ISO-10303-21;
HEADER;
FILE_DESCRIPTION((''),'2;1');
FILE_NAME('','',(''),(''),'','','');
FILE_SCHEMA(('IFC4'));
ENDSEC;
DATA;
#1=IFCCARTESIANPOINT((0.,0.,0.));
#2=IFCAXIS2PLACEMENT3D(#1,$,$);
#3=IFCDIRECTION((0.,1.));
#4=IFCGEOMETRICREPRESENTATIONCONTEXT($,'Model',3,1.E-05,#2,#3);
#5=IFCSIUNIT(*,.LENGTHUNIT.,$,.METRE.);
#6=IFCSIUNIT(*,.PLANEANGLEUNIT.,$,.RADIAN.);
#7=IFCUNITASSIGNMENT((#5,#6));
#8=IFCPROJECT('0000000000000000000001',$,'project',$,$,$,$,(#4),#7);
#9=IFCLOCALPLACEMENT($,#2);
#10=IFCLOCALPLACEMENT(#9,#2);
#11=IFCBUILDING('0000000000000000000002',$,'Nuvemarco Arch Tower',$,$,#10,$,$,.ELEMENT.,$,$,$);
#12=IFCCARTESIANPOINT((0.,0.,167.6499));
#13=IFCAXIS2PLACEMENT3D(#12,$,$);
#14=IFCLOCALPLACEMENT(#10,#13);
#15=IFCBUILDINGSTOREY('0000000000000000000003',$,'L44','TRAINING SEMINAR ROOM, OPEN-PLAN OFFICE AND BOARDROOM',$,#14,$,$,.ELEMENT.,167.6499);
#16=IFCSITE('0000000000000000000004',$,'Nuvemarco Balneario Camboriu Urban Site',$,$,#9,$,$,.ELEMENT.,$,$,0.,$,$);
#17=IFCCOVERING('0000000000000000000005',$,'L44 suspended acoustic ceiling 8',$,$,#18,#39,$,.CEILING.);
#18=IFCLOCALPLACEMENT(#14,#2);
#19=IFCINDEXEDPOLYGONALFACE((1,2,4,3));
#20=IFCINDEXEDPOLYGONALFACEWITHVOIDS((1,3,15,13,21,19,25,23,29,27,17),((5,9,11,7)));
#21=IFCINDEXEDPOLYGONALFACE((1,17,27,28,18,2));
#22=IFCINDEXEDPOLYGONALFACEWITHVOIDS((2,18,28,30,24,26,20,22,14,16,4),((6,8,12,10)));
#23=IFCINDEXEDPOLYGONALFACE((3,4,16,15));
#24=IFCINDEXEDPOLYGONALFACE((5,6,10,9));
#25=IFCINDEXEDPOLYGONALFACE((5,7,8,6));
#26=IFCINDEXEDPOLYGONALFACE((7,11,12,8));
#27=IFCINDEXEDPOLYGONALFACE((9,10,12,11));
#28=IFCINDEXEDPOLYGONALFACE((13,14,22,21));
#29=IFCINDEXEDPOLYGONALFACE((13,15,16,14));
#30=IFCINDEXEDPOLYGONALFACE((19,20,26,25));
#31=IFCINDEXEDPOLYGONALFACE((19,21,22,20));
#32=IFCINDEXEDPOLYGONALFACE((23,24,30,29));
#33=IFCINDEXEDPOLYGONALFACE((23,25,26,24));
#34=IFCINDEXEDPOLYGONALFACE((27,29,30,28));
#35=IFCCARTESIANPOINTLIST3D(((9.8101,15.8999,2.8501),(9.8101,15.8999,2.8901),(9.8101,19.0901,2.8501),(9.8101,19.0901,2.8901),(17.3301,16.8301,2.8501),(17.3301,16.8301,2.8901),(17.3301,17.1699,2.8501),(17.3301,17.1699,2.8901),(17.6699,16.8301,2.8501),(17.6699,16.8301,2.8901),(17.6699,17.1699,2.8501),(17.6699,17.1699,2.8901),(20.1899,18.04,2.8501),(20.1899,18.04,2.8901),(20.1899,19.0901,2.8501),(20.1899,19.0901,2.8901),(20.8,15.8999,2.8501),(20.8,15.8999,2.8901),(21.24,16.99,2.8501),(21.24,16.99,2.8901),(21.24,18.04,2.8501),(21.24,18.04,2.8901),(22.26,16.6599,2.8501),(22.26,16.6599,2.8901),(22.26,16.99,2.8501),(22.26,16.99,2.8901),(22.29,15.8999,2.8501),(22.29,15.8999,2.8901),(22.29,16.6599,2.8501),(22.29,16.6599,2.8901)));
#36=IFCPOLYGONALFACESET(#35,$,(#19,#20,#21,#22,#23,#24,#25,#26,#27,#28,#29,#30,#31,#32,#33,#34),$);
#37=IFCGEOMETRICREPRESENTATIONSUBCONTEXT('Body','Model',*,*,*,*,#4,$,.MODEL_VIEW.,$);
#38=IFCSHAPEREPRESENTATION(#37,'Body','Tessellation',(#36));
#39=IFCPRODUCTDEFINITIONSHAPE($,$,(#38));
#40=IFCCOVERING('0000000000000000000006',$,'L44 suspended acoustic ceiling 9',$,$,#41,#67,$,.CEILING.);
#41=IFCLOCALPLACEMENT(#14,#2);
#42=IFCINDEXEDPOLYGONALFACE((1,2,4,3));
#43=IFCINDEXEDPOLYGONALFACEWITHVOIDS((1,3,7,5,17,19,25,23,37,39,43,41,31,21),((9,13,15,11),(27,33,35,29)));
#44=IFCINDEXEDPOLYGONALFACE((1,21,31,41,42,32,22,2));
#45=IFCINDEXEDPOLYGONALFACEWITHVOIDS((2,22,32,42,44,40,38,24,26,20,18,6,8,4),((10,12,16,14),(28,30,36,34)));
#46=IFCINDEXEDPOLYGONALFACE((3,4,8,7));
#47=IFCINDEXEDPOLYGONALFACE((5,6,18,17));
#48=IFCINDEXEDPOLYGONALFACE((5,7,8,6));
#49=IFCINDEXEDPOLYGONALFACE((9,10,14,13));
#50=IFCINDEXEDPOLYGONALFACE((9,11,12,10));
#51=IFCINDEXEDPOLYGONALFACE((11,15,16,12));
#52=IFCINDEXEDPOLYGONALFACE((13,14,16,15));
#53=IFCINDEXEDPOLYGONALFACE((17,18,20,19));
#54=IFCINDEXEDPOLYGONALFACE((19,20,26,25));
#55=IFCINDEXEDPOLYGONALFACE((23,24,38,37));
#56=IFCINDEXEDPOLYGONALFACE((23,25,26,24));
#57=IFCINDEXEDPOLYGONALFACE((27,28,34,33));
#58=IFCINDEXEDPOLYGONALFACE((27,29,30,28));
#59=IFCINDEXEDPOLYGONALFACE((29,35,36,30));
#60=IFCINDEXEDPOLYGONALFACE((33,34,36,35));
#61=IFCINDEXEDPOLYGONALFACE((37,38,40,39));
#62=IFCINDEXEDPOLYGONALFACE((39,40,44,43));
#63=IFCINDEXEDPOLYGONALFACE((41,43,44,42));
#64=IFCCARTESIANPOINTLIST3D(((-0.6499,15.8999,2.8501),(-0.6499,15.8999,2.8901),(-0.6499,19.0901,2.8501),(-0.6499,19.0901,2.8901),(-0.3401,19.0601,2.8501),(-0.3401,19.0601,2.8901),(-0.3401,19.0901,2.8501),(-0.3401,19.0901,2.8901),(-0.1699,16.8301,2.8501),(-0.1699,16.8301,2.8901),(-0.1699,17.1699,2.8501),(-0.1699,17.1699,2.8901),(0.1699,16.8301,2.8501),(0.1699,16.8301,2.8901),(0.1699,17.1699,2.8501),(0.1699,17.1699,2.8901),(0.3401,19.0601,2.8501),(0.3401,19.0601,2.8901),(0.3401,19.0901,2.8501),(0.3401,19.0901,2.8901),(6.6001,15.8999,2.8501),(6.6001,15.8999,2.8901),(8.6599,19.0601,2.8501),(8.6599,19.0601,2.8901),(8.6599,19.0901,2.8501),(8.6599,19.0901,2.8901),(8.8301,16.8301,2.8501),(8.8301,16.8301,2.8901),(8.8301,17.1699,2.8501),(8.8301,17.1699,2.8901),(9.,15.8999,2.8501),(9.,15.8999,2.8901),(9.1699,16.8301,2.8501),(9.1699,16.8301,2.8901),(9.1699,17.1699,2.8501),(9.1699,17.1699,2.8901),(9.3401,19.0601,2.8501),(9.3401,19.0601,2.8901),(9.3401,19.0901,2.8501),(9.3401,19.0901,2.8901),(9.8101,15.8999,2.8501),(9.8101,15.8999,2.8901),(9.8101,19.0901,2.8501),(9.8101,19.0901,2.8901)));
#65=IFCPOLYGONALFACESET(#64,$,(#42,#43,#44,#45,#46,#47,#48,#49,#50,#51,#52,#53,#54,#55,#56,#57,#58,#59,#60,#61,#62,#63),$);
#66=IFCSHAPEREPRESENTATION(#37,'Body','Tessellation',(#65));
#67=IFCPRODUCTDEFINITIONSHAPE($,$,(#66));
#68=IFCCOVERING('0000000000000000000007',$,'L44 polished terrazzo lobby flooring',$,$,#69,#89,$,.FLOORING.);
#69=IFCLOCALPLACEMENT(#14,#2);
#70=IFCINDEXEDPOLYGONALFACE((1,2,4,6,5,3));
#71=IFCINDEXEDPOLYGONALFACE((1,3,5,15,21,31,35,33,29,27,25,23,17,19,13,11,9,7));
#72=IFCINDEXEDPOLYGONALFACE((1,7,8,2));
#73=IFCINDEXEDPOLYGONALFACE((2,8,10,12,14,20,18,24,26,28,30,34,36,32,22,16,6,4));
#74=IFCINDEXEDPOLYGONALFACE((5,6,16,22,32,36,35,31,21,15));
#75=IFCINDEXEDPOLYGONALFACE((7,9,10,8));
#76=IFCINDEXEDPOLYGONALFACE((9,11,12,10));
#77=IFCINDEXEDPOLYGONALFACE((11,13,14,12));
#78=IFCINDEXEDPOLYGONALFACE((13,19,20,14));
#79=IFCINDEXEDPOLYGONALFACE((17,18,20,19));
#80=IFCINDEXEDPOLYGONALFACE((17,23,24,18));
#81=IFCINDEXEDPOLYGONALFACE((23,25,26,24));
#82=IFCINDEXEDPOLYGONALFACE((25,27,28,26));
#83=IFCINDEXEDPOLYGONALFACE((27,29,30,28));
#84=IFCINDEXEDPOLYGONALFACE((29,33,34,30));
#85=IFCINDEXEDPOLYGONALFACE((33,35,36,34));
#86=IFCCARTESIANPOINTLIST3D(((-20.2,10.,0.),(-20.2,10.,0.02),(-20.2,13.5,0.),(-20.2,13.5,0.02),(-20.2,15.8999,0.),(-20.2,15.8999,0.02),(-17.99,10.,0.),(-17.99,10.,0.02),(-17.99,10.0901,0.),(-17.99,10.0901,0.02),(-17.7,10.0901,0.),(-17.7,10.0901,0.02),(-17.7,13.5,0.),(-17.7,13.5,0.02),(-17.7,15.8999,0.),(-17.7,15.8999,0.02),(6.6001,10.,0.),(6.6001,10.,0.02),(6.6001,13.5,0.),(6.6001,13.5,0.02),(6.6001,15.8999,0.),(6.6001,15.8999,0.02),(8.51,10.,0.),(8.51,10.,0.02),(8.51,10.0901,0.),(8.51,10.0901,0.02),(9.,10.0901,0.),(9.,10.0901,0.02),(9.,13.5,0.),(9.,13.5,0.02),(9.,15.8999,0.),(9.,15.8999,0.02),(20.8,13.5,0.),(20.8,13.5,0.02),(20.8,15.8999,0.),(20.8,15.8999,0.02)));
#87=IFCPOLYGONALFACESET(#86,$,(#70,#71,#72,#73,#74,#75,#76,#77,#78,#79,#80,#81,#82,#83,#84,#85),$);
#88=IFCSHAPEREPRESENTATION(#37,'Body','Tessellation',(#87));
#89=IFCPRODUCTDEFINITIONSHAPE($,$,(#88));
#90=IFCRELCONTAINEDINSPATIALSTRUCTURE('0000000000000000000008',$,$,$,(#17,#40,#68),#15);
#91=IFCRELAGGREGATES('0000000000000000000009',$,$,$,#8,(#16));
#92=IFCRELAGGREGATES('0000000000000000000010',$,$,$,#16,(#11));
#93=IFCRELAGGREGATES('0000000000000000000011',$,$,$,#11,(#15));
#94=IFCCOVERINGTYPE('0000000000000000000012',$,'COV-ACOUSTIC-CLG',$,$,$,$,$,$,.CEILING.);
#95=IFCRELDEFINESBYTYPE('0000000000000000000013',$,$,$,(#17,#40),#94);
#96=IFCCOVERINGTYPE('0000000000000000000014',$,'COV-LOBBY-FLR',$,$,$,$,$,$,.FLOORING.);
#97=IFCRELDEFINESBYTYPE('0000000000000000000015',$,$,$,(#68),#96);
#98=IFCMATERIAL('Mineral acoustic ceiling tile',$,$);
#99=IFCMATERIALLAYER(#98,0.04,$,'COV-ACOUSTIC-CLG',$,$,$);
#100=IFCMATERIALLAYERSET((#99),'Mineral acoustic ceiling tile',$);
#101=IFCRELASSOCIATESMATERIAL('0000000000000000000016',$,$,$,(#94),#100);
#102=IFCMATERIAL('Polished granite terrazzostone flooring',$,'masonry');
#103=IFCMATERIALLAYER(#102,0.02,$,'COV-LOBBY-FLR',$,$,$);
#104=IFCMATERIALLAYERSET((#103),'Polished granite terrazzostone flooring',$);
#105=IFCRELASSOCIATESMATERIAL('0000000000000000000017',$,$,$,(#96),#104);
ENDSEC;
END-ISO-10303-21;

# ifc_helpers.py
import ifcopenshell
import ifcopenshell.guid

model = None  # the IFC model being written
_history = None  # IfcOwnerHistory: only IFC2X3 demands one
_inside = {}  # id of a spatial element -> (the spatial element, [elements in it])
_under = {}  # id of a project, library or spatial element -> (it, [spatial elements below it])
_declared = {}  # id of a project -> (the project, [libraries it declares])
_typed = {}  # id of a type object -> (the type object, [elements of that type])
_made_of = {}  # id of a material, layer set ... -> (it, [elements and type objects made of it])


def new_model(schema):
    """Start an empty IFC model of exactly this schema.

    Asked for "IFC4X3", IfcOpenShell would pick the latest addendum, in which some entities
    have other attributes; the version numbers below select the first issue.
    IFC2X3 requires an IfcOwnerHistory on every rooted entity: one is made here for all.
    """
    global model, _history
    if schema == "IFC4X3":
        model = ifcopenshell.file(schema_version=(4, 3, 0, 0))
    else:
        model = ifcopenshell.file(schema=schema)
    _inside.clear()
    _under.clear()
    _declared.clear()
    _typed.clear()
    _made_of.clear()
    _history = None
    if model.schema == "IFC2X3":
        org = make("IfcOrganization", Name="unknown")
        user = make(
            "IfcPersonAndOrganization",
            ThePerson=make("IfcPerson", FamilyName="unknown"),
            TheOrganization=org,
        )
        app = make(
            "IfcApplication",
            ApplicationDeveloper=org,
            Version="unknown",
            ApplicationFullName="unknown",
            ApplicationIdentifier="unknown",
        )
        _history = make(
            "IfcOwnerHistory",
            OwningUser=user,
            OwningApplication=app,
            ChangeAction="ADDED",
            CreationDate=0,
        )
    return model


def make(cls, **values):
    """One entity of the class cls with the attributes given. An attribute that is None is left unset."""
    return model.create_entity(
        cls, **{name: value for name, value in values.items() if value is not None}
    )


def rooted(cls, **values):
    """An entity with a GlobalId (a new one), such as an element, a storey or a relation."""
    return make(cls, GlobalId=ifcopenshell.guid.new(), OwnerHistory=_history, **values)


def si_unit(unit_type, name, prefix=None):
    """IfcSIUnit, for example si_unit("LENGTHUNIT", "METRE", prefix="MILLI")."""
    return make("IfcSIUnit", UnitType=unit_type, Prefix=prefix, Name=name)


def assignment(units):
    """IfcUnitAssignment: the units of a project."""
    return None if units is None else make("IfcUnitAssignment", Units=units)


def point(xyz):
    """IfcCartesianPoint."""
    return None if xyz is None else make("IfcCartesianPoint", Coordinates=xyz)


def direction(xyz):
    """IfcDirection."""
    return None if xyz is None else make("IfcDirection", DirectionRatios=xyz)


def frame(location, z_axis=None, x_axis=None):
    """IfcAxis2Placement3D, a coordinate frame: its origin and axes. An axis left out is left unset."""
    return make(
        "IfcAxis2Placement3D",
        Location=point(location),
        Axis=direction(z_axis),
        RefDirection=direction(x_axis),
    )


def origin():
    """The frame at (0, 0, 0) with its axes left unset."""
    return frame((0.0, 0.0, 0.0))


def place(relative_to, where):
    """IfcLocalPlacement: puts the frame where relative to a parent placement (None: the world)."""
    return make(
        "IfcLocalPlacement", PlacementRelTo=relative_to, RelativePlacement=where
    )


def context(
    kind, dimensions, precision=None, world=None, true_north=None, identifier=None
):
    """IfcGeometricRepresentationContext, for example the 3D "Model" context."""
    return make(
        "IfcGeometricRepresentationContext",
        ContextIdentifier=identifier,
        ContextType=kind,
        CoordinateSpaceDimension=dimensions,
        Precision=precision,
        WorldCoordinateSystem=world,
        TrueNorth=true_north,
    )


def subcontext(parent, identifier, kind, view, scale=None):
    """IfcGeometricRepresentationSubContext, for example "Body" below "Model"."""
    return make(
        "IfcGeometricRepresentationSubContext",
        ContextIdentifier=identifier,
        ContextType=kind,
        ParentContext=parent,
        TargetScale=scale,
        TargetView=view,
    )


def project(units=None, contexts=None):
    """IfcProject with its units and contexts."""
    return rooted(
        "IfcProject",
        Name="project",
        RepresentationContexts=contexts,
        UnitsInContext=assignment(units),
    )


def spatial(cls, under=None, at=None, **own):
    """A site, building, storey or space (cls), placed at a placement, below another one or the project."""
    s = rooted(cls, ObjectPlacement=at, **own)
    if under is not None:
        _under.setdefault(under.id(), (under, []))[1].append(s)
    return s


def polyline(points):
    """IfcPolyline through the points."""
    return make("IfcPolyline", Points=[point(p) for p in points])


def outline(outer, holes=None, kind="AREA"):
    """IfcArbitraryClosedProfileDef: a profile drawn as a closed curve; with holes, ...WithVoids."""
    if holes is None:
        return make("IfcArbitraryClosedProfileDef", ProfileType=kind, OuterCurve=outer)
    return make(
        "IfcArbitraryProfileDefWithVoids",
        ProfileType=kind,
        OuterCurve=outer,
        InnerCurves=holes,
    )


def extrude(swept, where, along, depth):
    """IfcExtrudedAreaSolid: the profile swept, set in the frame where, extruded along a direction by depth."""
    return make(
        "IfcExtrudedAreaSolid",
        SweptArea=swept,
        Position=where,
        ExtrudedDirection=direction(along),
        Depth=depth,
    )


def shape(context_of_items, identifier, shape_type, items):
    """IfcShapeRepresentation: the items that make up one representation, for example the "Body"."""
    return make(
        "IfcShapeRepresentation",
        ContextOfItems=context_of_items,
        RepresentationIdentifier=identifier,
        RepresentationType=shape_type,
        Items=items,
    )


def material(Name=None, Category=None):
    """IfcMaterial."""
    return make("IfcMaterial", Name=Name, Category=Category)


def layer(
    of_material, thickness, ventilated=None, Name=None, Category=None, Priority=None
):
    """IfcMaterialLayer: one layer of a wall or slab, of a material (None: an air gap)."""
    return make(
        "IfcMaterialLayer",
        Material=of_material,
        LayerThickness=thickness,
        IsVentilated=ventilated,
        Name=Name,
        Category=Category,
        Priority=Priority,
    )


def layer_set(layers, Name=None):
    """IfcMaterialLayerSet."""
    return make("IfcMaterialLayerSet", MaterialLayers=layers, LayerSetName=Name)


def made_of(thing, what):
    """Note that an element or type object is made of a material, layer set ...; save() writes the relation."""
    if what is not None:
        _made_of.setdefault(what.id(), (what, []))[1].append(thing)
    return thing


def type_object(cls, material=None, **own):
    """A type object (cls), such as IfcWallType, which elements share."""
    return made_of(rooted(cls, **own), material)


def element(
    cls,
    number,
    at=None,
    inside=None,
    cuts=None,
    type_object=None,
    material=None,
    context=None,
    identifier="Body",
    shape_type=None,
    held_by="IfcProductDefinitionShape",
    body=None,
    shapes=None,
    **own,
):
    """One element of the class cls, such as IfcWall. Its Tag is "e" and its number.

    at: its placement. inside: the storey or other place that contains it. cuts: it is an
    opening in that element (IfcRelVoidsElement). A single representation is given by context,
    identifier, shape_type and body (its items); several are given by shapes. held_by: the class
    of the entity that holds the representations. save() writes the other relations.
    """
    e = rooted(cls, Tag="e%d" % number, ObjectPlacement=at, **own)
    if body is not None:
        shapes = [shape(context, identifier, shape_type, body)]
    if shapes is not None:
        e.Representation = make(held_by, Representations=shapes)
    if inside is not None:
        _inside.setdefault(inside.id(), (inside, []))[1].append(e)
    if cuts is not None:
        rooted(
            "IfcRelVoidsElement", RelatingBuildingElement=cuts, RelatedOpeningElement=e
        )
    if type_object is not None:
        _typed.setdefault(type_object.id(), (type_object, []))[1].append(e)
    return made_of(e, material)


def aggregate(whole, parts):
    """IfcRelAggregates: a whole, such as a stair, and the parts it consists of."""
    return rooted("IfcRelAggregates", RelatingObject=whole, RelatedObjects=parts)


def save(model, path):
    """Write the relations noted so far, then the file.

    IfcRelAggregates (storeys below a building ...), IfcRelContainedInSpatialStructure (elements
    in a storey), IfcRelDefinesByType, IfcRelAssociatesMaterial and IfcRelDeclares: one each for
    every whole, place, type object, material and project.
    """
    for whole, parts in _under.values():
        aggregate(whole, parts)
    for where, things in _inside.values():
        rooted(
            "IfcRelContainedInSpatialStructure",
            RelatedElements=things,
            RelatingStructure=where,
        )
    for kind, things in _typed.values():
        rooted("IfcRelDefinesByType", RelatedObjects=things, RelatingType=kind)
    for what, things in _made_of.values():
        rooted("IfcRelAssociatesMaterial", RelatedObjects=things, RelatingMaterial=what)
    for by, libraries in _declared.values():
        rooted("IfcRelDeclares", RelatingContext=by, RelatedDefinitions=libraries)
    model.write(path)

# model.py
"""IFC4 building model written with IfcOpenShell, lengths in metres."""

from ifc_helpers import new_model, si_unit, direction, frame, origin, place, context, subcontext, project, spatial, polyline, outline, extrude, material, layer, layer_set, type_object, element, save


model = new_model("IFC4")

# Units and contexts
model_context = context("Model", 3, precision=1e-05, world=origin(), true_north=direction((0.0, 1.0)))
body_context = subcontext(model_context, "Body", "Model", "MODEL_VIEW")
ifc_project = project(units=[si_unit("LENGTHUNIT", "METRE"), si_unit("PLANEANGLEUNIT", "RADIAN")], contexts=[model_context])

# Site, building, storey
site_placement = place(None, origin())
site = spatial("IfcSite", under=ifc_project, at=site_placement, Name="Nuvemarco Balneario Camboriu Urban Site", CompositionType="ELEMENT", RefElevation=0.0)
building_placement = place(site_placement, origin())
building = spatial("IfcBuilding", under=site, at=building_placement, Name="Nuvemarco Arch Tower", CompositionType="ELEMENT")
storey_placement = place(building_placement, frame((0.0, 0.0, 167.6499)))
storey = spatial("IfcBuildingStorey", under=building, at=storey_placement, Name="L44", Description="TRAINING SEMINAR ROOM, OPEN-PLAN OFFICE AND BOARDROOM", CompositionType="ELEMENT", Elevation=167.6499)

# Coverings
ifc_material_1 = material(Name="Mineral acoustic ceiling tile")
ifc_layer_1 = layer(ifc_material_1, 0.04, Name="COV-ACOUSTIC-CLG")
ifc_layer_set_1 = layer_set([ifc_layer_1], Name="Mineral acoustic ceiling tile")
covering_type_1 = type_object("IfcCoveringType", Name="COV-ACOUSTIC-CLG", PredefinedType="CEILING", material=ifc_layer_set_1)
covering_1_placement = place(storey_placement, frame((0.0, 0.0, 2.8501)))
element("IfcCovering", 1, at=covering_1_placement, inside=storey, type_object=covering_type_1, Name="L44 suspended acoustic ceiling 8", PredefinedType="CEILING", context=body_context, shape_type="SweptSolid", body=[
    extrude(outline(polyline([(22.26, 16.99), (22.26, 16.6599), (22.29, 16.6599), (22.29, 15.8999), (20.8, 15.8999), (9.8101, 15.8999), (9.8101, 19.0901), (20.1899, 19.0901), (20.1899, 18.04), (21.24, 18.04), (21.24, 16.99), (22.26, 16.99)]), holes=[polyline([(17.6699, 16.8301), (17.6699, 17.1699), (17.3301, 17.1699), (17.3301, 16.8301), (17.6699, 16.8301)])]), origin(), (0.0, 0.0, 1.0), 0.04),
])
covering_2_placement = place(storey_placement, frame((0.0, 0.0, 2.8501)))
element("IfcCovering", 2, at=covering_2_placement, inside=storey, type_object=covering_type_1, Name="L44 suspended acoustic ceiling 9", PredefinedType="CEILING", context=body_context, shape_type="SweptSolid", body=[
    extrude(outline(polyline([(-0.3401, 19.0901), (-0.3401, 19.0601), (0.3401, 19.0601), (0.3401, 19.0901), (8.6599, 19.0901), (8.6599, 19.0601), (9.3401, 19.0601), (9.3401, 19.0901), (9.8101, 19.0901), (9.8101, 15.8999), (9.0, 15.8999), (6.6001, 15.8999), (-0.6499, 15.8999), (-0.6499, 19.0901), (-0.3401, 19.0901)]), holes=[polyline([(0.1699, 16.8301), (0.1699, 17.1699), (-0.1699, 17.1699), (-0.1699, 16.8301), (0.1699, 16.8301)]), polyline([(9.1699, 17.1699), (8.8301, 17.1699), (8.8301, 16.8301), (9.1699, 16.8301), (9.1699, 17.1699)])]), origin(), (0.0, 0.0, 1.0), 0.04),
])
ifc_material_2 = material(Name="Polished granite terrazzostone flooring", Category="masonry")
ifc_layer_2 = layer(ifc_material_2, 0.02, Name="COV-LOBBY-FLR")
ifc_layer_set_2 = layer_set([ifc_layer_2], Name="Polished granite terrazzostone flooring")
covering_type_2 = type_object("IfcCoveringType", Name="COV-LOBBY-FLR", PredefinedType="FLOORING", material=ifc_layer_set_2)
covering_3_placement = place(storey_placement, origin())
element("IfcCovering", 3, at=covering_3_placement, inside=storey, type_object=covering_type_2, Name="L44 polished terrazzo lobby flooring", PredefinedType="FLOORING", context=body_context, shape_type="SweptSolid", body=[
    extrude(outline(polyline([(-20.2, 13.5), (-20.2, 15.8999), (-17.7, 15.8999), (6.6001, 15.8999), (9.0, 15.8999), (20.8, 15.8999), (20.8, 13.5), (9.0, 13.5), (9.0, 10.0901), (8.51, 10.0901), (8.51, 10.0), (6.6001, 10.0), (6.6001, 13.5), (-17.7, 13.5), (-17.7, 10.0901), (-17.99, 10.0901), (-17.99, 10.0), (-20.2, 10.0), (-20.2, 13.5)])), origin(), (0.0, 0.0, 1.0), 0.02),
])

save(model, "model.ifc")
